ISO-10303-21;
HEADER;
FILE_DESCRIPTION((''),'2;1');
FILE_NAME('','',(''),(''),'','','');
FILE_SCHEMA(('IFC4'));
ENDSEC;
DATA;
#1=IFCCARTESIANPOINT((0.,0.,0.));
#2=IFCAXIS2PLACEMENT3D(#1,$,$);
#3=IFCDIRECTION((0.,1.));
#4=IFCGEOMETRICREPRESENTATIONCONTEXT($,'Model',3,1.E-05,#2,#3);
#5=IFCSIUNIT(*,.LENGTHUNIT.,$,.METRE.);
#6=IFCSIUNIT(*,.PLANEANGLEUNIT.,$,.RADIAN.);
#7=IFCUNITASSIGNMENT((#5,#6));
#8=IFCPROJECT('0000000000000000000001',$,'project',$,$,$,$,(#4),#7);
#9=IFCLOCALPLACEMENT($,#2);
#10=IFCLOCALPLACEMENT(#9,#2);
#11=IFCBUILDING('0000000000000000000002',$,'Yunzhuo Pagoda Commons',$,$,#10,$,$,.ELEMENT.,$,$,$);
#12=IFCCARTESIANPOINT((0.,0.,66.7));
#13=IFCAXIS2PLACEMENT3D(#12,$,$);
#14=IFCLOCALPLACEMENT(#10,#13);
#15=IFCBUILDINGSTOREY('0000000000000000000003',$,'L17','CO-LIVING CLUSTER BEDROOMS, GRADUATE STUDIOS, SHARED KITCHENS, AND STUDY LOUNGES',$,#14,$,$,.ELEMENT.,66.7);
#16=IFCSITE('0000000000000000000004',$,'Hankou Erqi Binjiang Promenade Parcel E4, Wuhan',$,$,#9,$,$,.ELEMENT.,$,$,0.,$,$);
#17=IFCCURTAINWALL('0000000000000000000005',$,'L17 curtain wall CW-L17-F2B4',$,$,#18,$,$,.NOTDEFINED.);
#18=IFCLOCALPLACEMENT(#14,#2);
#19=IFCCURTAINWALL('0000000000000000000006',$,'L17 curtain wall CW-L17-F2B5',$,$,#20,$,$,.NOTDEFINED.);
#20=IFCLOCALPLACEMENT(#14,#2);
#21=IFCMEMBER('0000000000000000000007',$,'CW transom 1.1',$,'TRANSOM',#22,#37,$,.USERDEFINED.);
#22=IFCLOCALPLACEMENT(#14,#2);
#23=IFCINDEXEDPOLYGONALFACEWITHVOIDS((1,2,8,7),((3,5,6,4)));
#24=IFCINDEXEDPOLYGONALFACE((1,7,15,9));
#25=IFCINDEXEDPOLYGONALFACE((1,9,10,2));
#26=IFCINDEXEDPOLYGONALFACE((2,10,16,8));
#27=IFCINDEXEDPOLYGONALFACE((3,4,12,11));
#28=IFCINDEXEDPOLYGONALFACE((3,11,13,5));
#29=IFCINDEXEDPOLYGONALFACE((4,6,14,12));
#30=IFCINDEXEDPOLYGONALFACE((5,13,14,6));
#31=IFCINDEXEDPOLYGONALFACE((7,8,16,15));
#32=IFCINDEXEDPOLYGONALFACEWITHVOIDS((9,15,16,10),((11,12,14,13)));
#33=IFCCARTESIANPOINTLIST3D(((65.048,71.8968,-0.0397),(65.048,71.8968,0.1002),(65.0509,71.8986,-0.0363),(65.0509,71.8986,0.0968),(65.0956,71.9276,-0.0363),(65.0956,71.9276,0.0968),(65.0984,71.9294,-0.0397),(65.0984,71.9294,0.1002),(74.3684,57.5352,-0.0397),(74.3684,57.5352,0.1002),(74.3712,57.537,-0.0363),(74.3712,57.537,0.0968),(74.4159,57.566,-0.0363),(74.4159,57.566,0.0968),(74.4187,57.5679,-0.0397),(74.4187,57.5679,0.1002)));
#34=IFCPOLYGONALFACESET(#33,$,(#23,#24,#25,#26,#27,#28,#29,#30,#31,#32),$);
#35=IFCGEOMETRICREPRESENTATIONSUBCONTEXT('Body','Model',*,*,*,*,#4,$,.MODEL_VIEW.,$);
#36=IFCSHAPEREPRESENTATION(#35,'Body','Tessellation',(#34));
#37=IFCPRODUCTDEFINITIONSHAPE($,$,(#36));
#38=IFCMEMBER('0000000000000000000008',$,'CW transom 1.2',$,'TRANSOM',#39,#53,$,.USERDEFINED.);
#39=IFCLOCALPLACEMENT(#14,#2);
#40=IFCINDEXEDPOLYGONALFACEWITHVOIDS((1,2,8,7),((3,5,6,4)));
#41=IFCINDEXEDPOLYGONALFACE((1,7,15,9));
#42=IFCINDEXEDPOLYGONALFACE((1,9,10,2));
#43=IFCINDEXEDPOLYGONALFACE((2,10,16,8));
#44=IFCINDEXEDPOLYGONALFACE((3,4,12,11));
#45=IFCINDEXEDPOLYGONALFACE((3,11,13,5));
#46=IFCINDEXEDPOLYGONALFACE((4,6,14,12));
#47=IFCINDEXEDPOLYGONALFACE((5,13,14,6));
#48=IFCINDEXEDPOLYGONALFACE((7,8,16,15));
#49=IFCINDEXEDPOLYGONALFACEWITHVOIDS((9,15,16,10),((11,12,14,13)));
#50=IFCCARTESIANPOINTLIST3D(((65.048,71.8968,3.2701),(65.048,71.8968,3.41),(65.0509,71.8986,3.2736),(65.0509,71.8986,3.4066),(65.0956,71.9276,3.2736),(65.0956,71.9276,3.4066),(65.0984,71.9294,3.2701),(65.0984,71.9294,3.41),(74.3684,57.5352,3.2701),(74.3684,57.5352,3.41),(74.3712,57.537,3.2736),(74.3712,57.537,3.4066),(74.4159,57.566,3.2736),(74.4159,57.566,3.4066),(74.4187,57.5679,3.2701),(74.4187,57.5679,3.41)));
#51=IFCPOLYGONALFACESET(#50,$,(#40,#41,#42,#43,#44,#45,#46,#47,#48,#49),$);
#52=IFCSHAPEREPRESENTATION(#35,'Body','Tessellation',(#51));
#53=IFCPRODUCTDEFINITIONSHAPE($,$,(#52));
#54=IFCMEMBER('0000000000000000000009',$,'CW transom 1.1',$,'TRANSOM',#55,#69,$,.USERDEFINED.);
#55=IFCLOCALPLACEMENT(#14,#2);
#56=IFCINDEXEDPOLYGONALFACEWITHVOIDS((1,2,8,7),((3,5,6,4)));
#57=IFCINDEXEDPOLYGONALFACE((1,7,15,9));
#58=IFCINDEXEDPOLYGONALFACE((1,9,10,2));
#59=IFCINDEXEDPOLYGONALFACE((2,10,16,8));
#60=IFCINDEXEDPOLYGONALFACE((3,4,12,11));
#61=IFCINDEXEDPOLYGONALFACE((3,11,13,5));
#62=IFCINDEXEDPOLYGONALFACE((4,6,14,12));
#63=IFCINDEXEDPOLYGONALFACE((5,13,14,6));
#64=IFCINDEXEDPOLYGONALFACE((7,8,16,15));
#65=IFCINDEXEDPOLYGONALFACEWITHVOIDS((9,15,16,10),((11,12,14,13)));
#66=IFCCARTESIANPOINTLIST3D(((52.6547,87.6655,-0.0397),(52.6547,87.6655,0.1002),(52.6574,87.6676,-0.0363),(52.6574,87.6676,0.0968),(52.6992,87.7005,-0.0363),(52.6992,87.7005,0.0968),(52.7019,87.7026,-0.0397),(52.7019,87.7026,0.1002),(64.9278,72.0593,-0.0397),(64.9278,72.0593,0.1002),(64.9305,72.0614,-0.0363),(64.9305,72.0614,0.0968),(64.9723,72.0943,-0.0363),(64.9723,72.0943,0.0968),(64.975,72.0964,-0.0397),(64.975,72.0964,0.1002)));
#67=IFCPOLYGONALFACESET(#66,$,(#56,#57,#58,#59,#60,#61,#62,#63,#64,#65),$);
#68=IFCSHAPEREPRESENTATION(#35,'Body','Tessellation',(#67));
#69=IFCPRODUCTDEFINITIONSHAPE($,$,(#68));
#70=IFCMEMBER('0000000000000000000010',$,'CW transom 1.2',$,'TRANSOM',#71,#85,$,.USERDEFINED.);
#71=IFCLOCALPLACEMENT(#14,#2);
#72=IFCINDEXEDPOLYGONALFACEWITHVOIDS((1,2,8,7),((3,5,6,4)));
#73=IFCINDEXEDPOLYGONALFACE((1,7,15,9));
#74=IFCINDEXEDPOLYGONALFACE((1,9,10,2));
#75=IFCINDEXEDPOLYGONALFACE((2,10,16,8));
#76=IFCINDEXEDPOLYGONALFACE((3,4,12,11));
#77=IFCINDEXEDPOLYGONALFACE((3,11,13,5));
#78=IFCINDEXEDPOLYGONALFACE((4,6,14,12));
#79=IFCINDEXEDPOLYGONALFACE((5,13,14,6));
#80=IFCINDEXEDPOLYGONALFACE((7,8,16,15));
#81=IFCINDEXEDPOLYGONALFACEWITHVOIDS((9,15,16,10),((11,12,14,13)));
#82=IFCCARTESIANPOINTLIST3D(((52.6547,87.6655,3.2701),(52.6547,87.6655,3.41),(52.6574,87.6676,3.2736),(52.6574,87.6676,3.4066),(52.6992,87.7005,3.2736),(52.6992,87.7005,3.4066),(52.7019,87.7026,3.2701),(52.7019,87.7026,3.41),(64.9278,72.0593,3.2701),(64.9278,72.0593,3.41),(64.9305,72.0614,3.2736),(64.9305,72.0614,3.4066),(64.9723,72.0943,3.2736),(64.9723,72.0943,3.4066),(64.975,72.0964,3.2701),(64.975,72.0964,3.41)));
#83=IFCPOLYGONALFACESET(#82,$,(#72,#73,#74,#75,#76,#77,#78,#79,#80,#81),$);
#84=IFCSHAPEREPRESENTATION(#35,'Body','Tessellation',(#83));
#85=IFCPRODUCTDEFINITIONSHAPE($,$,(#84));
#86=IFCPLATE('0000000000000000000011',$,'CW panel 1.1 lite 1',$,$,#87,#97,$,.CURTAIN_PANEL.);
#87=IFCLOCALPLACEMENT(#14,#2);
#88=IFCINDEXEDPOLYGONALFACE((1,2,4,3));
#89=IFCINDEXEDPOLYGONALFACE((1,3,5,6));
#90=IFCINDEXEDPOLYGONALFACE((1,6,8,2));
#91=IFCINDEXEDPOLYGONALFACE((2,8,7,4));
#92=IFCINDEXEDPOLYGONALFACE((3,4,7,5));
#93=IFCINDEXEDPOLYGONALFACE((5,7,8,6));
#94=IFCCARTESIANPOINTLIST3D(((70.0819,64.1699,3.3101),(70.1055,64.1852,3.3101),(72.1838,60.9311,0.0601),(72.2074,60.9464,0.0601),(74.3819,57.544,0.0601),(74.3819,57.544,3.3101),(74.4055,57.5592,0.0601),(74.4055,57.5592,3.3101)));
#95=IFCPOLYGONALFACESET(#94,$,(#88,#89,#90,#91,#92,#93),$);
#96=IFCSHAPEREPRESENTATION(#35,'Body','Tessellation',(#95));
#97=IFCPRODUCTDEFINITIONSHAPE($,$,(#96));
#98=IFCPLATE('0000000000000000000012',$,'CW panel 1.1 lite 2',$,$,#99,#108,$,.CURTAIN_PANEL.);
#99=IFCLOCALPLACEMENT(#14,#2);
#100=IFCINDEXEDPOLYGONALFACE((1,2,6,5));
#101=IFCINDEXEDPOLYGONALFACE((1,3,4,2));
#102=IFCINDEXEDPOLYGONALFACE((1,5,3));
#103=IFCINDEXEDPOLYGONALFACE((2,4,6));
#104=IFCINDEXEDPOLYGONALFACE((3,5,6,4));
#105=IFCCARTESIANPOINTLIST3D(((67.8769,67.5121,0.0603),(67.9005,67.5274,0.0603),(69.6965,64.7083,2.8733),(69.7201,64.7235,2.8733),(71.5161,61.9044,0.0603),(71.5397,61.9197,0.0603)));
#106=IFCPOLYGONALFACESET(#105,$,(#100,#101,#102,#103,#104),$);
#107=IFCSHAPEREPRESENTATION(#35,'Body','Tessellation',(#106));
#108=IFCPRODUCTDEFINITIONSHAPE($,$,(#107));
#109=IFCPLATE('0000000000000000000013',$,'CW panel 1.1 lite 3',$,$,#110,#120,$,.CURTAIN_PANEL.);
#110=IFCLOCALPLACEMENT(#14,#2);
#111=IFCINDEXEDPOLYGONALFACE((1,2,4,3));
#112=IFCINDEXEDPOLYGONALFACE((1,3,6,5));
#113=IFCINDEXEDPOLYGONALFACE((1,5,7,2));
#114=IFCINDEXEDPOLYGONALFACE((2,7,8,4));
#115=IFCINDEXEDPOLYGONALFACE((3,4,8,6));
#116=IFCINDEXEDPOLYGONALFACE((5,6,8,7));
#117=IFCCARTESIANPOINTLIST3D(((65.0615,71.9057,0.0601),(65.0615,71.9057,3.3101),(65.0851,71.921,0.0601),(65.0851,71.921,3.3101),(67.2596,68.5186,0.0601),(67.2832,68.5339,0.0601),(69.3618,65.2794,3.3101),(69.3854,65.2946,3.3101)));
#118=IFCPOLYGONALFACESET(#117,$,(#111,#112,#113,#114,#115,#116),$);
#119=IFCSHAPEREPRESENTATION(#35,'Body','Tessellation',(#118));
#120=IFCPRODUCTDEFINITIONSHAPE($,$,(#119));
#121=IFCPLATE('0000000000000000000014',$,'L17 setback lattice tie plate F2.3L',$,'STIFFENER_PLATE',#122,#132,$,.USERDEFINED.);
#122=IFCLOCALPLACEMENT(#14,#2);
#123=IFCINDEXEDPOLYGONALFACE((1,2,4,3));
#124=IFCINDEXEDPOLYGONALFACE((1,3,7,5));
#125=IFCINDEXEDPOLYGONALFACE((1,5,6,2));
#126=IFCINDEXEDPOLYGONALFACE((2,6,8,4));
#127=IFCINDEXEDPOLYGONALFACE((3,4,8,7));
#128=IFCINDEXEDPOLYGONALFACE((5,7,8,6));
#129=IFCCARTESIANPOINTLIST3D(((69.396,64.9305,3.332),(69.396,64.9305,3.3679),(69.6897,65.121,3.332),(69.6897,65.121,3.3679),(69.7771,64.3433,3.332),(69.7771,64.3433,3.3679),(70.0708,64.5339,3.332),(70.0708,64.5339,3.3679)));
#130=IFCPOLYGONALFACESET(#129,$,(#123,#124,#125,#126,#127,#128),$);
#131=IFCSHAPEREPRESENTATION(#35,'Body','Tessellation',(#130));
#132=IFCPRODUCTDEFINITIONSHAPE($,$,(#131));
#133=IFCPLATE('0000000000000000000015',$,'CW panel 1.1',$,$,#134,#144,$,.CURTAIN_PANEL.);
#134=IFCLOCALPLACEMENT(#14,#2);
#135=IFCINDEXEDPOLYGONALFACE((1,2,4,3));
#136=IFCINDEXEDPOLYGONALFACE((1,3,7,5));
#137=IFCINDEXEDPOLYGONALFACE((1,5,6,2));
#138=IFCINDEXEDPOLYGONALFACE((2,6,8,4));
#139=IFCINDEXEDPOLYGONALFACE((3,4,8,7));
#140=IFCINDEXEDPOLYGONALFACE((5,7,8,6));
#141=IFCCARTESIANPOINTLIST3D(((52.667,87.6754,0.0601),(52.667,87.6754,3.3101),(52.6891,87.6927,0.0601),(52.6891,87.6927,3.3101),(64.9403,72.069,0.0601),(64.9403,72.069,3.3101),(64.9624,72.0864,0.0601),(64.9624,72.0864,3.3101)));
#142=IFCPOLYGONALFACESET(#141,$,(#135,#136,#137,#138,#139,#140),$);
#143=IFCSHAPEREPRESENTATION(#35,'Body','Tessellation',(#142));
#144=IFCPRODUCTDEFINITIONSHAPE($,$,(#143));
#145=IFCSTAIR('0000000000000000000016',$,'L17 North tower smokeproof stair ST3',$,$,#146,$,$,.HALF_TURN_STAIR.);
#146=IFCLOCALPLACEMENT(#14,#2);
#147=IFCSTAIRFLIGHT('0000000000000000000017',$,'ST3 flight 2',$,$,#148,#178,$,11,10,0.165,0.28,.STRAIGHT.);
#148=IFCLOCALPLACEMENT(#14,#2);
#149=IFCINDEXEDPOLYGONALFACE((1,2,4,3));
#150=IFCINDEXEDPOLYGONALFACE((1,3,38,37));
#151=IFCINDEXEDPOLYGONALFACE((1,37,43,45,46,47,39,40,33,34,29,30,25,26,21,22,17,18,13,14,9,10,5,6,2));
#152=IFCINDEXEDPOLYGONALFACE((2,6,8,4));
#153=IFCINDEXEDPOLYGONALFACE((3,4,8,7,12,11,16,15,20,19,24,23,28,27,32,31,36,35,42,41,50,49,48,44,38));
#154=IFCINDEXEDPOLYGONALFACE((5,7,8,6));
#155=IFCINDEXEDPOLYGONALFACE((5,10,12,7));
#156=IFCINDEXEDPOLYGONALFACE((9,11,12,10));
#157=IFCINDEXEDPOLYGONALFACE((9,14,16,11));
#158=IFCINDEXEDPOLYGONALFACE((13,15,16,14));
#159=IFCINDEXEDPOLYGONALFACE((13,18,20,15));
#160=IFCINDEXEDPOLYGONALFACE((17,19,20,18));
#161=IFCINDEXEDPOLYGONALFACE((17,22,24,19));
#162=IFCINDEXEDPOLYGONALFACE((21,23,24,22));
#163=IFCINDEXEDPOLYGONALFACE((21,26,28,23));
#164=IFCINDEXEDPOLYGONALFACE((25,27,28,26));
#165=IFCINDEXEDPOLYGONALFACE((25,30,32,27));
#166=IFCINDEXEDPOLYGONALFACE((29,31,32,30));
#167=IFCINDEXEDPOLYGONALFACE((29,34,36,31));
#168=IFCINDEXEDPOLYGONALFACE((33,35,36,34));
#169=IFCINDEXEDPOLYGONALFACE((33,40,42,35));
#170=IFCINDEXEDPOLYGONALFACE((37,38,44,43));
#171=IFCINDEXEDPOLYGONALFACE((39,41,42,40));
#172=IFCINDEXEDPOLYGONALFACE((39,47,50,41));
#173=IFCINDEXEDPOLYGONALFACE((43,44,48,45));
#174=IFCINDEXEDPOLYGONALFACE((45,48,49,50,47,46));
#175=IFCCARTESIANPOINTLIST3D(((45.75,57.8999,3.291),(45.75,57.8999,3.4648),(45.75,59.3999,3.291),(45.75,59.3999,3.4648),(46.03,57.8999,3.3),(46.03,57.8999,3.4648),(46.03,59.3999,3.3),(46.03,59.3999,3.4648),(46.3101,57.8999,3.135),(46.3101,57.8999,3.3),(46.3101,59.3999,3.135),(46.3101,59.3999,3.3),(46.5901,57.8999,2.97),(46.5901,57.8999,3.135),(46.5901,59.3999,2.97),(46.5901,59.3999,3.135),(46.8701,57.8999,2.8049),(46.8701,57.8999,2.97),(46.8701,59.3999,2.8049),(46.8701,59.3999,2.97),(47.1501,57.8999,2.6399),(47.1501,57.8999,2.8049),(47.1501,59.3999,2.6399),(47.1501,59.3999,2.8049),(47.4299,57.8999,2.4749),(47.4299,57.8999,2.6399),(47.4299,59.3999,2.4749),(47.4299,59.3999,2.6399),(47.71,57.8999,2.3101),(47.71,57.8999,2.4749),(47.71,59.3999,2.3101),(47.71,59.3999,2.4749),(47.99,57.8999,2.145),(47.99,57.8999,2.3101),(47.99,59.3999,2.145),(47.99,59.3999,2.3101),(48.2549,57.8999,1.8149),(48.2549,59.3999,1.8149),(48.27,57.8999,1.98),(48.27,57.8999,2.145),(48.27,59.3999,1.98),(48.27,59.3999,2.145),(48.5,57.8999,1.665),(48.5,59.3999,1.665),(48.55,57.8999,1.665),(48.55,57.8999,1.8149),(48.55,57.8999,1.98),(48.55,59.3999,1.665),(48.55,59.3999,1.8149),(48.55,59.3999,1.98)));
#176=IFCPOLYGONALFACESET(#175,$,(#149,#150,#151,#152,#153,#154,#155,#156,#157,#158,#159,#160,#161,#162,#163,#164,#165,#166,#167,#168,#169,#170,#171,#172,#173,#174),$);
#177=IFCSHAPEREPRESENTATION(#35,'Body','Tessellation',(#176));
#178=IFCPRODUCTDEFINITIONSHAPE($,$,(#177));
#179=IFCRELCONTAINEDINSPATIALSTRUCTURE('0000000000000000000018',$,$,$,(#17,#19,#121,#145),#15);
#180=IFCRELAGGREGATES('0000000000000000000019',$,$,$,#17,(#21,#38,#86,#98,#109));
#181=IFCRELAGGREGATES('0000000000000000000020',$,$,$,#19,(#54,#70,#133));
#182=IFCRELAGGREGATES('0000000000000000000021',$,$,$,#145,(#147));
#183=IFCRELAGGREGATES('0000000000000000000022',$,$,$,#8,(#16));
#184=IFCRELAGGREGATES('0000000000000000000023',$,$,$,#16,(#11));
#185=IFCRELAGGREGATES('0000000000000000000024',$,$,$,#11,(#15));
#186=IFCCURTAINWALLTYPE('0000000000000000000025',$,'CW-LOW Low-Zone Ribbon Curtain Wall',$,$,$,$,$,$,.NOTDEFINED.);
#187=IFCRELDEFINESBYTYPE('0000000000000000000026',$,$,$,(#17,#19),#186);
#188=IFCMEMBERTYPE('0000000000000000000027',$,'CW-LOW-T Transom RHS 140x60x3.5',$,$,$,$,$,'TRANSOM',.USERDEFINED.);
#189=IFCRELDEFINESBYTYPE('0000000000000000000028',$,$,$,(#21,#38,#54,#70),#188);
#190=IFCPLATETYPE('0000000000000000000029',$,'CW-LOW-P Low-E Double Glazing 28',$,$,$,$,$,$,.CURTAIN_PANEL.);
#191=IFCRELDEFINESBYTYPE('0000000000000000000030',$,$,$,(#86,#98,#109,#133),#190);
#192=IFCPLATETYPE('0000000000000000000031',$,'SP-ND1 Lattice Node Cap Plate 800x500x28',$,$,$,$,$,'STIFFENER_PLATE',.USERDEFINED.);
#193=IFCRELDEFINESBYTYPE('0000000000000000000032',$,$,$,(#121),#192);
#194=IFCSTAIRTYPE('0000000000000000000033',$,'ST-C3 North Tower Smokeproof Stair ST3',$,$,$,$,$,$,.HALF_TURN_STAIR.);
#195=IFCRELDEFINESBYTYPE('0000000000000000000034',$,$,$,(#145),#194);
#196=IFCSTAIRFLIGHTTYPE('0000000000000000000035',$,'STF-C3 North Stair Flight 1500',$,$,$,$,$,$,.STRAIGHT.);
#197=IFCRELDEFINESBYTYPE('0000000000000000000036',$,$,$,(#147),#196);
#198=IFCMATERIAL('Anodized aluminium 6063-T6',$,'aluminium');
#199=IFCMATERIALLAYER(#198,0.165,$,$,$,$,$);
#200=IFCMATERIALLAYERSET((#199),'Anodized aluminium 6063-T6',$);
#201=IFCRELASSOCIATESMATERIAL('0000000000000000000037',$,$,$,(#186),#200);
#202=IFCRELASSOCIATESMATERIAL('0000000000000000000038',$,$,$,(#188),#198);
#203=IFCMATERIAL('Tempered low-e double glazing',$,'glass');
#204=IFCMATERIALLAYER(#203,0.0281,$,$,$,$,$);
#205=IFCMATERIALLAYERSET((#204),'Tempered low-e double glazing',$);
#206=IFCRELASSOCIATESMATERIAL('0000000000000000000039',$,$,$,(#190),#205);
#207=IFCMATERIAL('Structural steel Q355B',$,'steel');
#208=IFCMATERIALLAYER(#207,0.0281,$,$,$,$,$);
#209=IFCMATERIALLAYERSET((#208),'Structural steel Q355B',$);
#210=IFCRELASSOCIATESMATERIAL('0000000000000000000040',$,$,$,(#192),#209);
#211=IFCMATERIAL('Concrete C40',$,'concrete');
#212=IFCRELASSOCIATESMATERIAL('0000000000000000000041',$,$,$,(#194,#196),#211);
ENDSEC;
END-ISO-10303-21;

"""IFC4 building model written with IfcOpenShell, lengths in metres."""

from ifc_helpers import new_model, si_unit, direction, frame, origin, origin_2d, place, context, subcontext, project, spatial, polyline, rectangle, hollow_rectangle, outline, extrude, source, transform, mapped, material, layer, layer_set, material_profile, profile_set, type_object, element, aggregate, save


model = new_model("IFC4")

# Units and contexts
model_context = context("Model", 3, precision=1e-05, world=origin(), true_north=direction((0.0, 1.0)))
body_context = subcontext(model_context, "Body", "Model", "MODEL_VIEW")
ifc_project = project(units=[si_unit("LENGTHUNIT", "METRE"), si_unit("PLANEANGLEUNIT", "RADIAN")], contexts=[model_context])

# Site, building, storey
site_placement = place(None, origin())
site = spatial("IfcSite", under=ifc_project, at=site_placement, Name="Hankou Erqi Binjiang Promenade Parcel E4, Wuhan", CompositionType="ELEMENT", RefElevation=0.0)
building_placement = place(site_placement, origin())
building = spatial("IfcBuilding", under=site, at=building_placement, Name="Yunzhuo Pagoda Commons", CompositionType="ELEMENT")
storey_placement = place(building_placement, frame((0.0, 0.0, 66.7)))
storey = spatial("IfcBuildingStorey", under=building, at=storey_placement, Name="L17", Description="CO-LIVING CLUSTER BEDROOMS, GRADUATE STUDIOS, SHARED KITCHENS, AND STUDY LOUNGES", CompositionType="ELEMENT", Elevation=66.7)

# Shared definitions
ifc_material_1 = material(Name="Structural steel Q355B", Category="steel")

# Curtain wall
ifc_material_2 = material(Name="Anodized aluminium 6063-T6", Category="aluminium")
ifc_layer_1 = layer(ifc_material_2, 0.165)
ifc_layer_set_1 = layer_set([ifc_layer_1], Name="Anodized aluminium 6063-T6")
curtain_wall_type = type_object("IfcCurtainWallType", Name="CW-LOW Low-Zone Ribbon Curtain Wall", PredefinedType="NOTDEFINED", material=ifc_layer_set_1)
curtain_wall_1_placement = place(storey_placement, origin())
curtain_wall_1 = element("IfcCurtainWall", 1, at=curtain_wall_1_placement, inside=storey, type_object=curtain_wall_type, Name="L17 curtain wall CW-L17-F2B4", PredefinedType="NOTDEFINED")

# Curtain wall
curtain_wall_2_placement = place(storey_placement, origin())
curtain_wall_2 = element("IfcCurtainWall", 2, at=curtain_wall_2_placement, inside=storey, type_object=curtain_wall_type, Name="L17 curtain wall CW-L17-F2B5", PredefinedType="NOTDEFINED")

# Members
ifc_material_profile_1 = material_profile(ifc_material_2, hollow_rectangle(XDim=0.0601, YDim=0.1399, WallThickness=0.0034, at=origin_2d()), Name="Anodized aluminium 6063-T6")
ifc_profile_set_1 = profile_set([ifc_material_profile_1], Name="Anodized aluminium 6063-T6")
member_type_1 = type_object("IfcMemberType", Name="CW-LOW-T Transom RHS 140x60x3.5", ElementType="TRANSOM", PredefinedType="USERDEFINED", material=ifc_profile_set_1)
shared_shape_1 = source(origin(), body_context, "Body", "SweptSolid", [
    extrude(hollow_rectangle(XDim=0.0601, YDim=0.1399, WallThickness=0.0034, at=origin_2d()), origin(), (0.0, 0.0, 1.0), 17.1208),
])
member_1_placement = place(storey_placement, frame((74.3936, 57.5515, 0.0303), z_axis=(-0.544384, 0.838836, 0.0), x_axis=(-0.838836, -0.544384, 0.0)))
member_1 = element("IfcMember", 3, at=member_1_placement, type_object=member_type_1, Name="CW transom 1.1", ObjectType="TRANSOM", PredefinedType="USERDEFINED", context=body_context, shape_type="MappedRepresentation", body=[
    mapped(shared_shape_1, transform((0.0, 0.0, 0.0), scale=1.0)),
])
member_2_placement = place(storey_placement, frame((74.3936, 57.5515, 3.3401), z_axis=(-0.544384, 0.838836, 0.0), x_axis=(-0.838836, -0.544384, 0.0)))
member_2 = element("IfcMember", 4, at=member_2_placement, type_object=member_type_1, Name="CW transom 1.2", ObjectType="TRANSOM", PredefinedType="USERDEFINED", context=body_context, shape_type="MappedRepresentation", body=[
    mapped(shared_shape_1, transform((0.0, 0.0, 0.0), scale=1.0)),
])
shared_shape_2 = source(origin(), body_context, "Body", "SweptSolid", [
    extrude(hollow_rectangle(XDim=0.0601, YDim=0.1399, WallThickness=0.0034, at=origin_2d()), origin(), (0.0, 0.0, 1.0), 19.854),
])
member_3_placement = place(storey_placement, frame((64.9514, 72.0779, 0.0303), z_axis=(-0.61817, 0.786045, 0.0), x_axis=(-0.786045, -0.61817, 0.0)))
member_3 = element("IfcMember", 5, at=member_3_placement, type_object=member_type_1, Name="CW transom 1.1", ObjectType="TRANSOM", PredefinedType="USERDEFINED", context=body_context, shape_type="MappedRepresentation", body=[
    mapped(shared_shape_2, transform((0.0, 0.0, 0.0), scale=1.0)),
])
member_4_placement = place(storey_placement, frame((64.9514, 72.0779, 3.3401), z_axis=(-0.61817, 0.786045, 0.0), x_axis=(-0.786045, -0.61817, 0.0)))
member_4 = element("IfcMember", 6, at=member_4_placement, type_object=member_type_1, Name="CW transom 1.2", ObjectType="TRANSOM", PredefinedType="USERDEFINED", context=body_context, shape_type="MappedRepresentation", body=[
    mapped(shared_shape_2, transform((0.0, 0.0, 0.0), scale=1.0)),
])

# Plates
ifc_material_3 = material(Name="Tempered low-e double glazing", Category="glass")
ifc_layer_2 = layer(ifc_material_3, 0.0281)
ifc_layer_set_2 = layer_set([ifc_layer_2], Name="Tempered low-e double glazing")
plate_type_1 = type_object("IfcPlateType", Name="CW-LOW-P Low-E Double Glazing 28", PredefinedType="CURTAIN_PANEL", material=ifc_layer_set_2)
plate_1_placement = place(storey_placement, frame((72.2319, 60.8569, 1.6851), z_axis=(0.83884, 0.544378, 0.0), x_axis=(-0.544378, 0.83884, 0.0)))
plate_1 = element("IfcPlate", 7, at=plate_1_placement, type_object=plate_type_1, Name="CW panel 1.1 lite 1", PredefinedType="CURTAIN_PANEL", context=body_context, shape_type="SweptSolid", body=[
    extrude(outline(polyline([(-3.9495, -1.625), (0.0884, -1.625), (3.9495, 1.625), (-3.9495, 1.625), (-3.9495, -1.625)])), origin(), (0.0, 0.0, 1.0), 0.0281),
])
plate_2_placement = place(storey_placement, frame((69.6965, 64.7083, 1.4668), z_axis=(0.83884, 0.544378, 0.0), x_axis=(-0.544378, 0.83884, 0.0)))
plate_2 = element("IfcPlate", 8, at=plate_2_placement, type_object=plate_type_1, Name="CW panel 1.1 lite 2", PredefinedType="CURTAIN_PANEL", context=body_context, shape_type="SweptSolid", body=[
    extrude(outline(polyline([(-3.3425, -1.4065), (3.3425, -1.4065), (0.0, 1.4065), (-3.3425, -1.4065)])), origin(), (0.0, 0.0, 1.0), 0.0281),
])
plate_3_placement = place(storey_placement, frame((67.2117, 68.5925, 1.6851), z_axis=(0.83884, 0.544378, 0.0), x_axis=(-0.544378, 0.83884, 0.0)))
plate_3 = element("IfcPlate", 9, at=plate_3_placement, type_object=plate_type_1, Name="CW panel 1.1 lite 3", PredefinedType="CURTAIN_PANEL", context=body_context, shape_type="SweptSolid", body=[
    extrude(outline(polyline([(-3.9497, 1.625), (-0.0881, -1.625), (3.9497, -1.625), (3.9497, 1.625), (-3.9497, 1.625)])), origin(), (0.0, 0.0, 1.0), 0.0281),
])
aggregate(curtain_wall_1, [member_1, member_2, plate_1, plate_2, plate_3])
ifc_layer_3 = layer(ifc_material_1, 0.0281)
ifc_layer_set_3 = layer_set([ifc_layer_3], Name="Structural steel Q355B")
plate_type_2 = type_object("IfcPlateType", Name="SP-ND1 Lattice Node Cap Plate 800x500x28", ElementType="STIFFENER_PLATE", PredefinedType="USERDEFINED", material=ifc_layer_set_3)
shared_shape_3 = source(origin(), body_context, "Body", "SweptSolid", [
    extrude(rectangle(XDim=0.7, YDim=0.3501, at=origin_2d()), origin(), (0.0, 0.0, 1.0), 0.0359),
])
plate_4_placement = place(storey_placement, frame((69.7334, 64.7322, 3.332), z_axis=(0.0, 0.0, 1.0), x_axis=(-0.544376, 0.838842, 0.0)))
element("IfcPlate", 10, at=plate_4_placement, inside=storey, type_object=plate_type_2, Name="L17 setback lattice tie plate F2.3L", ObjectType="STIFFENER_PLATE", PredefinedType="USERDEFINED", context=body_context, shape_type="MappedRepresentation", body=[
    mapped(shared_shape_3, transform((0.0, 0.0, 0.0), scale=1.0)),
])
shared_shape_4 = source(origin(), body_context, "Body", "SweptSolid", [
    extrude(rectangle(XDim=19.8542, YDim=0.0281, at=origin_2d()), origin(), (0.0, 0.0, 1.0), 3.25),
])
plate_5_placement = place(storey_placement, frame((58.8147, 79.8809, 0.0601), z_axis=(0.0, 0.0, 1.0), x_axis=(-0.618168, 0.786046, 0.0)))
plate_5 = element("IfcPlate", 11, at=plate_5_placement, type_object=plate_type_1, Name="CW panel 1.1", PredefinedType="CURTAIN_PANEL", context=body_context, shape_type="MappedRepresentation", body=[
    mapped(shared_shape_4, transform((0.0, 0.0, 0.0), scale=1.0)),
])
aggregate(curtain_wall_2, [member_3, member_4, plate_5])

# Stair, stair flight
ifc_material_4 = material(Name="Concrete C40", Category="concrete")
stair_type = type_object("IfcStairType", Name="ST-C3 North Tower Smokeproof Stair ST3", PredefinedType="HALF_TURN_STAIR", material=ifc_material_4)
stair_placement = place(storey_placement, origin())
stair = element("IfcStair", 12, at=stair_placement, inside=storey, type_object=stair_type, Name="L17 North tower smokeproof stair ST3", PredefinedType="HALF_TURN_STAIR")
stair_flight_type = type_object("IfcStairFlightType", Name="STF-C3 North Stair Flight 1500", PredefinedType="STRAIGHT", material=ifc_material_4)
shared_shape_5 = source(origin(), body_context, "Body", "SweptSolid", [
    extrude(outline(polyline([(0.0, -0.1499), (0.0, 0.0), (0.0, 0.165), (0.28, 0.165), (0.28, 0.3301), (0.5601, 0.3301), (0.5601, 0.4951), (0.8401, 0.4951), (0.8401, 0.6599), (1.1201, 0.6599), (1.1201, 0.825), (1.3999, 0.825), (1.3999, 0.99), (1.6799, 0.99), (1.6799, 1.155), (1.96, 1.155), (1.96, 1.3201), (2.24, 1.3201), (2.24, 1.4851), (2.52, 1.4851), (2.52, 1.6499), (2.8, 1.6499), (2.8, 1.8149), (2.8, 1.4761), (0.2952, 0.0), (0.05, -0.1499), (0.0, -0.1499)])), frame((0.0, 0.75, 0.0), z_axis=(0.0, -1.0, 0.0), x_axis=(1.0, 0.0, 0.0)), (0.0, 0.0, 1.0), 1.5),
])
stair_flight_placement = place(storey_placement, frame((48.55, 58.6499, 1.8149), z_axis=(0.0, 0.0, 1.0), x_axis=(-1.0, 0.0, 0.0)))
stair_flight = element("IfcStairFlight", 13, at=stair_flight_placement, type_object=stair_flight_type, Name="ST3 flight 2", NumberOfRisers=11, NumberOfTreads=10, PredefinedType="STRAIGHT", RiserHeight=0.165, TreadLength=0.28, context=body_context, shape_type="MappedRepresentation", body=[
    mapped(shared_shape_5, transform((0.0, 0.0, 0.0), scale=1.0)),
])
aggregate(stair, [stair_flight])

save(model, "model.ifc")
